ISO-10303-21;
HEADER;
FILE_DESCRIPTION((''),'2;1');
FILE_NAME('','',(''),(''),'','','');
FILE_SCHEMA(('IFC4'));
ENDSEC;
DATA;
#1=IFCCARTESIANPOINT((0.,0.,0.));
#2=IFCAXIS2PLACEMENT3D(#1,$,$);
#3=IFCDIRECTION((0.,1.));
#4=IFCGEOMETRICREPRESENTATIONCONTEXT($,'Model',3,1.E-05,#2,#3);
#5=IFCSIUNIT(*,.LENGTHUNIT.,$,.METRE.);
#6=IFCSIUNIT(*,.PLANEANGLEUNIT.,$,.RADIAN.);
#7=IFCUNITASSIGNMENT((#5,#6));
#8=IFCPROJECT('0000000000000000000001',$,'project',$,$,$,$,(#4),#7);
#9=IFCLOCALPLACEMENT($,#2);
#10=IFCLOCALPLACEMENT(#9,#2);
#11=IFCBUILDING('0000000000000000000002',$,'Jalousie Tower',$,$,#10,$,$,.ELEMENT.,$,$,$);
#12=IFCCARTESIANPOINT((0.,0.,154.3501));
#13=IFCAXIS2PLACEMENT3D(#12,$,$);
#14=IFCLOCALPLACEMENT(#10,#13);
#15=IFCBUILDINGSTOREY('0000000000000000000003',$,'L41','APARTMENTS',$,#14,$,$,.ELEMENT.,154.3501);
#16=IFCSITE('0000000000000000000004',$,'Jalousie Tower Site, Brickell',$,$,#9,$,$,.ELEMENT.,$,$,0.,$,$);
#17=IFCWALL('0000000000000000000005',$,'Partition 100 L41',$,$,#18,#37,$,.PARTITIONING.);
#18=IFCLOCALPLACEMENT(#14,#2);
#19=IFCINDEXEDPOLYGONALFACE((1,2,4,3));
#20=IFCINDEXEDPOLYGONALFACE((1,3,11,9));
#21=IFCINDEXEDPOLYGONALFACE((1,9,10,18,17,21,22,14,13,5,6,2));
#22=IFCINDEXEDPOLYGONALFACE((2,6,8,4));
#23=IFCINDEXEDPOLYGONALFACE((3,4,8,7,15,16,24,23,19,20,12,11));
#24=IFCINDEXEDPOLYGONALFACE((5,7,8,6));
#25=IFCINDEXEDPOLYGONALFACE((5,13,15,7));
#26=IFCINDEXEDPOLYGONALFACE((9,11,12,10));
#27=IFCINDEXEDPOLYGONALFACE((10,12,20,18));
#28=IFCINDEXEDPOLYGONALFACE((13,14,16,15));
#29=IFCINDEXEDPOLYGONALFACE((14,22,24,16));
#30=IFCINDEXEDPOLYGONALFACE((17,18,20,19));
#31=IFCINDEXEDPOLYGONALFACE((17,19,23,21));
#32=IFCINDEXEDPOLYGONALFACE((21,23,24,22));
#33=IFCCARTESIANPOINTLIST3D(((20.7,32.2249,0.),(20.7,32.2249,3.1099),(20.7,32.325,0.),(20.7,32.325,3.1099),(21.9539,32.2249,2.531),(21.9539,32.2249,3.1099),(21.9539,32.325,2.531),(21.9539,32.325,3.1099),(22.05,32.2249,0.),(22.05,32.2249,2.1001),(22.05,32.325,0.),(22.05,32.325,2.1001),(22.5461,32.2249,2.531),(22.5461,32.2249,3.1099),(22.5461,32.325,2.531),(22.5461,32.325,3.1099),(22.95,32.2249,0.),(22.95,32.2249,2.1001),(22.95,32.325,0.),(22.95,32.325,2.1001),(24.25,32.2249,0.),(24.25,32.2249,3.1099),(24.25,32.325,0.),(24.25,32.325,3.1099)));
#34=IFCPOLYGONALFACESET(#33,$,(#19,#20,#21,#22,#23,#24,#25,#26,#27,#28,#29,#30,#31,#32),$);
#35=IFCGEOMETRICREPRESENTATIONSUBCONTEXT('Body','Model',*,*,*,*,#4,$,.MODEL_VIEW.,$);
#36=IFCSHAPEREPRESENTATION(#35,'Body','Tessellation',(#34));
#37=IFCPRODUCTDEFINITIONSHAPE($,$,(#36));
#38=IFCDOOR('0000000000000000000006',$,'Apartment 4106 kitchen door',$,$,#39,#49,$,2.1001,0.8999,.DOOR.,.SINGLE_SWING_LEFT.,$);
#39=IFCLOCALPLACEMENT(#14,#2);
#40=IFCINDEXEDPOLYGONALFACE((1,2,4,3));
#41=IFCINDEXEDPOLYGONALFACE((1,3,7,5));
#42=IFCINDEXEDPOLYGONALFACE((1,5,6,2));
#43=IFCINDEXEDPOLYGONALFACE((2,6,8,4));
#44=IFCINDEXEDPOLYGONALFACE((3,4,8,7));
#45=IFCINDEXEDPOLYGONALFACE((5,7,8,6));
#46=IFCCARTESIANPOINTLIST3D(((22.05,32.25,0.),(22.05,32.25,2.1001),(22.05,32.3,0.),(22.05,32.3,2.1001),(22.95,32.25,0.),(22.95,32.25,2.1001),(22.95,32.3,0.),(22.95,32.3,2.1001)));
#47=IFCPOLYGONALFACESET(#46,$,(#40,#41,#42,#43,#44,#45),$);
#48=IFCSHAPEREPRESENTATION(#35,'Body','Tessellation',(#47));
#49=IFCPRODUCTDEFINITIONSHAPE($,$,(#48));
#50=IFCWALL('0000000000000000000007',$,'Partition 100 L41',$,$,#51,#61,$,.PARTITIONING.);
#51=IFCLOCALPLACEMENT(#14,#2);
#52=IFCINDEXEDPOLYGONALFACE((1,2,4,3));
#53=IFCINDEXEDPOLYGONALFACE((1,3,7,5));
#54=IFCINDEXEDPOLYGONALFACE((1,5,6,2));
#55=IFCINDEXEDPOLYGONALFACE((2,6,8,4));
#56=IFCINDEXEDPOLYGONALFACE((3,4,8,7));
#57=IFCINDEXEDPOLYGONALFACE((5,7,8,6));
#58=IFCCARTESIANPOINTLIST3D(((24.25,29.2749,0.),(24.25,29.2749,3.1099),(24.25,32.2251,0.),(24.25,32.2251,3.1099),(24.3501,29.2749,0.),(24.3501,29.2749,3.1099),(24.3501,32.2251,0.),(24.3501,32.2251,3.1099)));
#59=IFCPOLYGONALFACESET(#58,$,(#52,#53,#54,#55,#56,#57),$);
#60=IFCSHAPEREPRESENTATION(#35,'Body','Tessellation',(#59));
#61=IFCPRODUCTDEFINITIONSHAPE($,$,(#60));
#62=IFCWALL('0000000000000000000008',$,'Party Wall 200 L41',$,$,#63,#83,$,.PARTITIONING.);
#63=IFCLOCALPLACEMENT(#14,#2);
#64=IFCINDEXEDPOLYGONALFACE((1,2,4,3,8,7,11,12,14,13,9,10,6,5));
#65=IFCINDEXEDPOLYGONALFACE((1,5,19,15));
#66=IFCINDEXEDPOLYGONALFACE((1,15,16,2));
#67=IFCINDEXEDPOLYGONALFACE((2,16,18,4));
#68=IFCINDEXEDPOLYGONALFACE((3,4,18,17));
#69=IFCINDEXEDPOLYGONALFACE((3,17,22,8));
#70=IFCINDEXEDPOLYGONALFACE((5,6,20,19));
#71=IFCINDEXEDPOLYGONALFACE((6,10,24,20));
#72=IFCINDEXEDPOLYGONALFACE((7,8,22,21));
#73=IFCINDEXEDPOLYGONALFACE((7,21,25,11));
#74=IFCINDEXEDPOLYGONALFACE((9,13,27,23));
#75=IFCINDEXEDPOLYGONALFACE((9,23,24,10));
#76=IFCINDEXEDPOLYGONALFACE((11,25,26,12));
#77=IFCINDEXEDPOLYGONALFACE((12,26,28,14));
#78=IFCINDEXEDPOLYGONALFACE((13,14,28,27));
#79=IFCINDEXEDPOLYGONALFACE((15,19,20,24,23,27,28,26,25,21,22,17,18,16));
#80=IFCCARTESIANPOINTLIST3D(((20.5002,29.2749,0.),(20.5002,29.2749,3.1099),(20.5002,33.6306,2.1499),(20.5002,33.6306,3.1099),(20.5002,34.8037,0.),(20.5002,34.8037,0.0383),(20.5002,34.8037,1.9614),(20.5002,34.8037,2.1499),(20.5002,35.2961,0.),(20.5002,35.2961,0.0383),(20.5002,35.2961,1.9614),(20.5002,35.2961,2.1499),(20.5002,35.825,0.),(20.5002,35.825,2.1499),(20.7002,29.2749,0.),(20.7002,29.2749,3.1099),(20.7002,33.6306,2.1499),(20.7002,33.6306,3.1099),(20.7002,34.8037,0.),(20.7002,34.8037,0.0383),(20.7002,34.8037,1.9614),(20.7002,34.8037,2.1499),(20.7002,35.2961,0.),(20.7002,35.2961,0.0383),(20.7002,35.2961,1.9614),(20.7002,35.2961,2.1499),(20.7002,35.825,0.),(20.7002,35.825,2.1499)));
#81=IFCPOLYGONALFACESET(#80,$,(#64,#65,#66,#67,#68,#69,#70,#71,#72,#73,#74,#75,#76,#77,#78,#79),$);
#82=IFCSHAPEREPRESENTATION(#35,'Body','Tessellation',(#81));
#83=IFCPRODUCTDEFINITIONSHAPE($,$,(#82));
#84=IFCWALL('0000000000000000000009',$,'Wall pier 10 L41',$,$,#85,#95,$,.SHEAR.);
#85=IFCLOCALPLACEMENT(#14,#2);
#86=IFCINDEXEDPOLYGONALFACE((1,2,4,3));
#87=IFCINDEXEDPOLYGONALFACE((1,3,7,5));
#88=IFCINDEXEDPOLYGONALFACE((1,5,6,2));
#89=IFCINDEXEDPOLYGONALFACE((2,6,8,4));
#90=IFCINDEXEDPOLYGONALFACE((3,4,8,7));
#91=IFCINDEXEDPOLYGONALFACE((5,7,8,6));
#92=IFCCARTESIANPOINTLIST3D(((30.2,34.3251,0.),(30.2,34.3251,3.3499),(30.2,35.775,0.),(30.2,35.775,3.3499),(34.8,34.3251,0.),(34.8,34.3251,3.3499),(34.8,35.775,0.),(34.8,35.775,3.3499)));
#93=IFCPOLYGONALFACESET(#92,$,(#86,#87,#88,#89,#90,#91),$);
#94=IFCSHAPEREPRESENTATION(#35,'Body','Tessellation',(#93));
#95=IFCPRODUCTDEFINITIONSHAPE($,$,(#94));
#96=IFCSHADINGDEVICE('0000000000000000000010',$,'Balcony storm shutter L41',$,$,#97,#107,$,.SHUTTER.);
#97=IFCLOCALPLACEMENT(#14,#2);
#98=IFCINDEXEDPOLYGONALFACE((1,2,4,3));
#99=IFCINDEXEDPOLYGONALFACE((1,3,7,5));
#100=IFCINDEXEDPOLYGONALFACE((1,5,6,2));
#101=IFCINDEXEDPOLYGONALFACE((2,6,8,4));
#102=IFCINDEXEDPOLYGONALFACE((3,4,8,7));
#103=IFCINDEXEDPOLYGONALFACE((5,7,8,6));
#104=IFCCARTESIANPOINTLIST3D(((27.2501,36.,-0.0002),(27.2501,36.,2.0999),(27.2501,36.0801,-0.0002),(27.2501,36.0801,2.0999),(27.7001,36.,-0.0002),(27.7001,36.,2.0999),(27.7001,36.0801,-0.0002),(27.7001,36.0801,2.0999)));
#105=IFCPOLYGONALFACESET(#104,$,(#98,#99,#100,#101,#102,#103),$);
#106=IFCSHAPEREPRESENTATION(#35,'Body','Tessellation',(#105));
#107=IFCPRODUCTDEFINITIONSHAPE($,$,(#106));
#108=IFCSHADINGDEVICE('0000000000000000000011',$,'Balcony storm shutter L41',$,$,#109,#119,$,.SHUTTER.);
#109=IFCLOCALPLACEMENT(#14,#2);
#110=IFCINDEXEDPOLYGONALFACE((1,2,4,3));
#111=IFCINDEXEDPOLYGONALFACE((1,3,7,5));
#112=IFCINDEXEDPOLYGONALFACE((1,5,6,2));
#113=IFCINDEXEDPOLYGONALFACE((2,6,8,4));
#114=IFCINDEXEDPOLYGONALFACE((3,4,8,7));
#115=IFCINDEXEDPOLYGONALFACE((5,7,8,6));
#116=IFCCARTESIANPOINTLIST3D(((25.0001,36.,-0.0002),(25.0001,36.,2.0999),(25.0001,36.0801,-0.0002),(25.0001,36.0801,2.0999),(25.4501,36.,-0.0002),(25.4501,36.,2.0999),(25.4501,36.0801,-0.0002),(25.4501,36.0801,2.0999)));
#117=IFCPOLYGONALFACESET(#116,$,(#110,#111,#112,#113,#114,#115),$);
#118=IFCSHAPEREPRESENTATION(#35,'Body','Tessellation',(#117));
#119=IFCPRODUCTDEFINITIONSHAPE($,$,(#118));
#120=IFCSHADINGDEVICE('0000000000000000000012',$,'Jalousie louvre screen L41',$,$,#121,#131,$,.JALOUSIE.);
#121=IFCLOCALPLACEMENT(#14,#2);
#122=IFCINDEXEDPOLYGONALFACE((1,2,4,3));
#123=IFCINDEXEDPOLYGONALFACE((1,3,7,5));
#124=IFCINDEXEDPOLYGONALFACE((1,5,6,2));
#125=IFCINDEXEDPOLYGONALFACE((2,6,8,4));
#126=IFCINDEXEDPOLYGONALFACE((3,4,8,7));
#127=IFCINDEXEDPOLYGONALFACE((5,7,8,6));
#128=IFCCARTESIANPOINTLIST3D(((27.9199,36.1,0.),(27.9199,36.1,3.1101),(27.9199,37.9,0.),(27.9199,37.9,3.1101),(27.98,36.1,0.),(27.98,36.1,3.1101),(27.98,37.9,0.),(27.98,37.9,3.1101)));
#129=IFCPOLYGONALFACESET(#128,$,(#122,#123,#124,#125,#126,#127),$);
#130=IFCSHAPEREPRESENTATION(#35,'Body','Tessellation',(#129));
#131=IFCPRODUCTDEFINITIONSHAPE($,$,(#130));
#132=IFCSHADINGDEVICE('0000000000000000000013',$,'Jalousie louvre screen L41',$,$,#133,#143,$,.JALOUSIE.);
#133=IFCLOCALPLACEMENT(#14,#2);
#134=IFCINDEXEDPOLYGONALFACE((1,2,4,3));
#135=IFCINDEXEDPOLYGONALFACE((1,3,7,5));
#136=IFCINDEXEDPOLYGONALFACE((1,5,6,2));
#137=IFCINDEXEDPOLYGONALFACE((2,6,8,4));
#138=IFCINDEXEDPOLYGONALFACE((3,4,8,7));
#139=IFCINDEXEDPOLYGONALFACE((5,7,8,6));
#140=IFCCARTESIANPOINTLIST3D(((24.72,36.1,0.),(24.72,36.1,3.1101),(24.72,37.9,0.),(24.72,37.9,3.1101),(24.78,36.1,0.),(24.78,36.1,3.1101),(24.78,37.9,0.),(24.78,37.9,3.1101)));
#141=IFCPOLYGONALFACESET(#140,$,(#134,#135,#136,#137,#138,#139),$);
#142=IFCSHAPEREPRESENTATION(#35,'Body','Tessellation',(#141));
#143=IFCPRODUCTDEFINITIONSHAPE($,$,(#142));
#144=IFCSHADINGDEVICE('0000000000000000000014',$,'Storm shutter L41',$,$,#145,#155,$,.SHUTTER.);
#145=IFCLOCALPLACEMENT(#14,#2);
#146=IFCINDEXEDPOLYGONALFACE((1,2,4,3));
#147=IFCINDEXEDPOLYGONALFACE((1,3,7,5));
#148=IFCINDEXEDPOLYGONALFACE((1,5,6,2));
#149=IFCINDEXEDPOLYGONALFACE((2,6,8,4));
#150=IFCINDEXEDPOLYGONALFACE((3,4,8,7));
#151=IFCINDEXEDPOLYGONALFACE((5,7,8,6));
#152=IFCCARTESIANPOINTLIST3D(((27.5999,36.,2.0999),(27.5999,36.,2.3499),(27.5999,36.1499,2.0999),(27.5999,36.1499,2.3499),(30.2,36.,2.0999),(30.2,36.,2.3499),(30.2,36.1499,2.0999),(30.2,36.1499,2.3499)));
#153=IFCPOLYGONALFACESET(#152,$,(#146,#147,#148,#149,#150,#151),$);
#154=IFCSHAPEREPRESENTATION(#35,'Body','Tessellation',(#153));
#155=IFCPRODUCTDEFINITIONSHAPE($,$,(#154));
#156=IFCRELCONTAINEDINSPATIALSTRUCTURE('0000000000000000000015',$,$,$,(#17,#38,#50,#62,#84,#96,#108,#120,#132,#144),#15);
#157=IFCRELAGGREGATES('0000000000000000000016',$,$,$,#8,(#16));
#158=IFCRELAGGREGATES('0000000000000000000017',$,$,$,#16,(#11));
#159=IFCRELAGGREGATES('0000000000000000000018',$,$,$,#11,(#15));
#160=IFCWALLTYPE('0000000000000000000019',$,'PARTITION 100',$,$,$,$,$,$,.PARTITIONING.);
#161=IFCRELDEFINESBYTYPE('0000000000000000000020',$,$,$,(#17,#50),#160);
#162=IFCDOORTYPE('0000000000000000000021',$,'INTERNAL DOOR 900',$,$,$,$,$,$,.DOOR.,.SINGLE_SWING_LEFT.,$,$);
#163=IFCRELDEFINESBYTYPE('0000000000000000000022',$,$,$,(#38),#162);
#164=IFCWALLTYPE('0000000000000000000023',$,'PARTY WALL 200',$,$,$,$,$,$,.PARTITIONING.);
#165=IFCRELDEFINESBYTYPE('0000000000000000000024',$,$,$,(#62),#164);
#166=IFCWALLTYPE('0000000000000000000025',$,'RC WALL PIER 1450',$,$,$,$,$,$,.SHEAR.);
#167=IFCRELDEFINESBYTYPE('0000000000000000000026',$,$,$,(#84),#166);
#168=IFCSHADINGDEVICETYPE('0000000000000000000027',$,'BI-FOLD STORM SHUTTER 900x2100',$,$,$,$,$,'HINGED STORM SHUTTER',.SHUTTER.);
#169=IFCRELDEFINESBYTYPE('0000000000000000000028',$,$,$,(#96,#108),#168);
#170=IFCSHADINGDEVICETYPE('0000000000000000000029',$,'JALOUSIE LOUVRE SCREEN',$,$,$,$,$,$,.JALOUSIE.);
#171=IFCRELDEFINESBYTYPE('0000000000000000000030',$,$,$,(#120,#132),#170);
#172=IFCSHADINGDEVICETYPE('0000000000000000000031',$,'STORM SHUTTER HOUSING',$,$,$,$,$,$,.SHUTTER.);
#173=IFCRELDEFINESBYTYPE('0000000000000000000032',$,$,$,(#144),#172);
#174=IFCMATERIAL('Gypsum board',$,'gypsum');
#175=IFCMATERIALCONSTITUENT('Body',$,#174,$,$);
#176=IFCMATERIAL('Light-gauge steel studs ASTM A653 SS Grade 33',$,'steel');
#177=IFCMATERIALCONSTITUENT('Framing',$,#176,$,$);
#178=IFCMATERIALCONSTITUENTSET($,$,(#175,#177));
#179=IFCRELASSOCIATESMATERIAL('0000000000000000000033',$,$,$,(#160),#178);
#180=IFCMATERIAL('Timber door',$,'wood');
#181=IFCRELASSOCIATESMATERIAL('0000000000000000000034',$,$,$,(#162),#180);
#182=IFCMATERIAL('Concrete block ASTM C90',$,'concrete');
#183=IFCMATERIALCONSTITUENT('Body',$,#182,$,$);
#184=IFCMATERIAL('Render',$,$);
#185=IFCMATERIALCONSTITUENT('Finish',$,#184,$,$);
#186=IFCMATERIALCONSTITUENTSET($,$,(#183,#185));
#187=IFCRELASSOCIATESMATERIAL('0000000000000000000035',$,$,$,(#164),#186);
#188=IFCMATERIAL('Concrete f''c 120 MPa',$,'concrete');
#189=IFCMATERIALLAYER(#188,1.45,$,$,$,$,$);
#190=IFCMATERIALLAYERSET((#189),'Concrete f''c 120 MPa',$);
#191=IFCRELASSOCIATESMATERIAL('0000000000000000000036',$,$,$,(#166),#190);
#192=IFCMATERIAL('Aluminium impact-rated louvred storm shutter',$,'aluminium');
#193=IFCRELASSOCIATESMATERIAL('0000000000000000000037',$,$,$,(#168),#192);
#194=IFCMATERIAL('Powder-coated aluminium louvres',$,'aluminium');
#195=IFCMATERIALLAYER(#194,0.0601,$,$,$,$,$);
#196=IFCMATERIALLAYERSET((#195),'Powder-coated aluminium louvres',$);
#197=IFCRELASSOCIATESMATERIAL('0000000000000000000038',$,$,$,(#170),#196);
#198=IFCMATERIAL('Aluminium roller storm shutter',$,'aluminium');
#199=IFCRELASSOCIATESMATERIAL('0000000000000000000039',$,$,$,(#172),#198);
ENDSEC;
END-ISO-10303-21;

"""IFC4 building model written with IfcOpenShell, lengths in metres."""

from ifc_helpers import new_model, si_unit, direction, frame, frame_2d, origin, origin_2d, place, context, subcontext, project, spatial, polyline, rectangle, outline, extrude, material, layer, layer_set, constituent, constituent_set, type_object, element, fill, save


model = new_model("IFC4")

# Units and contexts
model_context = context("Model", 3, precision=1e-05, world=origin(), true_north=direction((0.0, 1.0)))
body_context = subcontext(model_context, "Body", "Model", "MODEL_VIEW")
ifc_project = project(units=[si_unit("LENGTHUNIT", "METRE"), si_unit("PLANEANGLEUNIT", "RADIAN")], contexts=[model_context])

# Site, building, storey
site_placement = place(None, origin())
site = spatial("IfcSite", under=ifc_project, at=site_placement, Name="Jalousie Tower Site, Brickell", CompositionType="ELEMENT", RefElevation=0.0)
building_placement = place(site_placement, origin())
building = spatial("IfcBuilding", under=site, at=building_placement, Name="Jalousie Tower", CompositionType="ELEMENT")
storey_placement = place(building_placement, frame((0.0, 0.0, 154.3501)))
storey = spatial("IfcBuildingStorey", under=building, at=storey_placement, Name="L41", Description="APARTMENTS", CompositionType="ELEMENT", Elevation=154.3501)

# Wall, opening, door
ifc_material_1 = material(Name="Gypsum board", Category="gypsum")
ifc_constituent_1 = constituent(ifc_material_1, Name="Body")
ifc_material_2 = material(Name="Light-gauge steel studs ASTM A653 SS Grade 33", Category="steel")
ifc_constituent_2 = constituent(ifc_material_2, Name="Framing")
ifc_constituent_set_1 = constituent_set(constituents=[ifc_constituent_1, ifc_constituent_2])
wall_type_1 = type_object("IfcWallType", Name="PARTITION 100", PredefinedType="PARTITIONING", material=ifc_constituent_set_1)
wall_1_placement = place(storey_placement, frame((20.7, 32.2749, 0.0), z_axis=(0.0, 0.0, 1.0), x_axis=(1.0, 0.0, 0.0)))
wall_1 = element("IfcWall", 1, at=wall_1_placement, inside=storey, type_object=wall_type_1, Name="Partition 100 L41", PredefinedType="PARTITIONING", context=body_context, shape_type="SweptSolid", body=[
    extrude(outline(polyline([(0.0, 0.0), (3.55, 0.0), (3.55, 3.1099), (1.8462, 3.1099), (1.8462, 2.531), (1.2539, 2.531), (1.2539, 3.1099), (0.0, 3.1099), (0.0, 0.0)])), frame((0.0, 0.05, 0.0), z_axis=(0.0, -1.0, 0.0), x_axis=(1.0, 0.0, 0.0)), (0.0, 0.0, 1.0), 0.1001),
])
opening_1_placement = place(wall_1_placement, frame((1.3501, 0.0, 0.0)))
opening_1 = element("IfcOpeningElement", 2, at=opening_1_placement, cuts=wall_1, PredefinedType="OPENING", context=body_context, shape_type="SweptSolid", body=[
    extrude(rectangle(XDim=0.8999, YDim=2.1001, at=frame_2d((0.45, 1.05))), frame((0.0, 0.0601, 0.0), z_axis=(0.0, -1.0, 0.0), x_axis=(1.0, 0.0, 0.0)), (0.0, 0.0, 1.0), 0.1201),
])
ifc_material_3 = material(Name="Timber door", Category="wood")
door_type_1 = type_object("IfcDoorType", Name="INTERNAL DOOR 900", OperationType="SINGLE_SWING_LEFT", PredefinedType="DOOR", material=ifc_material_3)
door_1_placement = place(opening_1_placement, frame((0.8999, 0.0, 0.0), z_axis=(0.0, 0.0, 1.0), x_axis=(-1.0, 0.0, 0.0)))
door_1 = element("IfcDoor", 3, at=door_1_placement, inside=storey, type_object=door_type_1, Name="Apartment 4106 kitchen door", OperationType="SINGLE_SWING_LEFT", OverallHeight=2.1001, OverallWidth=0.8999, PredefinedType="DOOR", context=body_context, shape_type="SweptSolid", body=[
    extrude(rectangle(XDim=0.8999, YDim=2.1001, at=frame_2d((0.45, 1.05))), frame((0.0, 0.0249, 0.0), z_axis=(0.0, -1.0, 0.0), x_axis=(1.0, 0.0, 0.0)), (0.0, 0.0, 1.0), 0.05),
])
fill(opening_1, door_1)

# Walls
wall_2_placement = place(storey_placement, frame((24.3, 32.2251, 0.0), z_axis=(0.0, 0.0, 1.0), x_axis=(0.0, -1.0, 0.0)))
element("IfcWall", 4, at=wall_2_placement, inside=storey, type_object=wall_type_1, Name="Partition 100 L41", PredefinedType="PARTITIONING", context=body_context, shape_type="SweptSolid", body=[
    extrude(rectangle(XDim=2.9502, YDim=0.1001, at=frame_2d((1.4751, 0.0))), origin(), (0.0, 0.0, 1.0), 3.1099),
])
ifc_material_4 = material(Name="Concrete block ASTM C90", Category="concrete")
ifc_constituent_3 = constituent(ifc_material_4, Name="Body")
ifc_material_5 = material(Name="Render")
ifc_constituent_4 = constituent(ifc_material_5, Name="Finish")
ifc_constituent_set_2 = constituent_set(constituents=[ifc_constituent_3, ifc_constituent_4])
wall_type_2 = type_object("IfcWallType", Name="PARTY WALL 200", PredefinedType="PARTITIONING", material=ifc_constituent_set_2)
wall_3_placement = place(storey_placement, frame((20.6001, 35.825, 0.0), z_axis=(0.0, 0.0, 1.0), x_axis=(0.0, -1.0, 0.0)))
element("IfcWall", 5, at=wall_3_placement, inside=storey, type_object=wall_type_2, Name="Party Wall 200 L41", PredefinedType="PARTITIONING", context=body_context, shape_type="SweptSolid", body=[
    extrude(outline(polyline([(0.5288, 2.1499), (0.0, 2.1499), (0.0, 0.0), (0.5288, 0.0), (0.5288, 0.0383), (1.0212, 0.0383), (1.0212, 0.0), (6.55, 0.0), (6.55, 3.1099), (2.1943, 3.1099), (2.1943, 2.1499), (1.0212, 2.1499), (1.0212, 1.9614), (0.5288, 1.9614), (0.5288, 2.1499)])), frame((0.0, 0.1001, 0.0), z_axis=(0.0, -1.0, 0.0), x_axis=(1.0, 0.0, 0.0)), (0.0, 0.0, 1.0), 0.2),
])
ifc_material_6 = material(Name="Concrete f'c 120 MPa", Category="concrete")
ifc_layer_1 = layer(ifc_material_6, 1.45)
ifc_layer_set_1 = layer_set([ifc_layer_1], Name="Concrete f'c 120 MPa")
wall_type_3 = type_object("IfcWallType", Name="RC WALL PIER 1450", PredefinedType="SHEAR", material=ifc_layer_set_1)
wall_4_placement = place(storey_placement, frame((30.2, 35.05, 0.0), z_axis=(0.0, 0.0, 1.0), x_axis=(1.0, 0.0, 0.0)))
element("IfcWall", 6, at=wall_4_placement, inside=storey, type_object=wall_type_3, Name="Wall pier 10 L41", PredefinedType="SHEAR", context=body_context, shape_type="SweptSolid", body=[
    extrude(rectangle(XDim=4.6001, YDim=1.45, at=frame_2d((2.3, 0.0))), origin(), (0.0, 0.0, 1.0), 3.3499),
])

# Shading devices
ifc_material_7 = material(Name="Aluminium impact-rated louvred storm shutter", Category="aluminium")
shading_device_type_1 = type_object("IfcShadingDeviceType", Name="BI-FOLD STORM SHUTTER 900x2100", ElementType="HINGED STORM SHUTTER", PredefinedType="SHUTTER", material=ifc_material_7)
for number, where, z_axis, x_axis, name in (
    (7, (27.4751, 36.04, -0.0002), (0.0, 0.0, 1.0), (-1.0, 0.0, 0.0), "Balcony storm shutter L41"),
    (8, (25.2251, 36.04, -0.0002), (0.0, 0.0, 1.0), (-1.0, 0.0, 0.0), "Balcony storm shutter L41"),
):
    element("IfcShadingDevice", number, at=place(storey_placement, frame(where, z_axis=z_axis, x_axis=x_axis)), inside=storey, type_object=shading_device_type_1, Name=name, PredefinedType="SHUTTER", context=body_context, shape_type="SweptSolid", body=[
        extrude(rectangle(XDim=0.45, YDim=0.0801, at=origin_2d()), origin(), (0.0, 0.0, 1.0), 2.1001),
    ])

# Shading devices
ifc_material_8 = material(Name="Powder-coated aluminium louvres", Category="aluminium")
ifc_layer_2 = layer(ifc_material_8, 0.0601)
ifc_layer_set_2 = layer_set([ifc_layer_2], Name="Powder-coated aluminium louvres")
shading_device_type_2 = type_object("IfcShadingDeviceType", Name="JALOUSIE LOUVRE SCREEN", PredefinedType="JALOUSIE", material=ifc_layer_set_2)
for number, where, z_axis, x_axis, name in (
    (9, (27.95, 37.0, 0.0), (0.0, 0.0, 1.0), (-1.0, 0.0, 0.0), "Jalousie louvre screen L41"),
    (10, (24.75, 37.0, 0.0), (0.0, 0.0, 1.0), (-1.0, 0.0, 0.0), "Jalousie louvre screen L41"),
):
    element("IfcShadingDevice", number, at=place(storey_placement, frame(where, z_axis=z_axis, x_axis=x_axis)), inside=storey, type_object=shading_device_type_2, Name=name, PredefinedType="JALOUSIE", context=body_context, shape_type="SweptSolid", body=[
        extrude(rectangle(XDim=0.0601, YDim=1.8, at=origin_2d()), origin(), (0.0, 0.0, 1.0), 3.1101),
    ])
ifc_material_9 = material(Name="Aluminium roller storm shutter", Category="aluminium")
shading_device_type_3 = type_object("IfcShadingDeviceType", Name="STORM SHUTTER HOUSING", PredefinedType="SHUTTER", material=ifc_material_9)
shading_device_placement = place(storey_placement, frame((28.8999, 36.075, 2.0999), z_axis=(0.0, 0.0, 1.0), x_axis=(-1.0, 0.0, 0.0)))
element("IfcShadingDevice", 11, at=shading_device_placement, inside=storey, type_object=shading_device_type_3, Name="Storm shutter L41", PredefinedType="SHUTTER", context=body_context, shape_type="SweptSolid", body=[
    extrude(rectangle(XDim=2.6001, YDim=0.1499, at=origin_2d()), origin(), (0.0, 0.0, 1.0), 0.25),
])

save(model, "model.ifc")
